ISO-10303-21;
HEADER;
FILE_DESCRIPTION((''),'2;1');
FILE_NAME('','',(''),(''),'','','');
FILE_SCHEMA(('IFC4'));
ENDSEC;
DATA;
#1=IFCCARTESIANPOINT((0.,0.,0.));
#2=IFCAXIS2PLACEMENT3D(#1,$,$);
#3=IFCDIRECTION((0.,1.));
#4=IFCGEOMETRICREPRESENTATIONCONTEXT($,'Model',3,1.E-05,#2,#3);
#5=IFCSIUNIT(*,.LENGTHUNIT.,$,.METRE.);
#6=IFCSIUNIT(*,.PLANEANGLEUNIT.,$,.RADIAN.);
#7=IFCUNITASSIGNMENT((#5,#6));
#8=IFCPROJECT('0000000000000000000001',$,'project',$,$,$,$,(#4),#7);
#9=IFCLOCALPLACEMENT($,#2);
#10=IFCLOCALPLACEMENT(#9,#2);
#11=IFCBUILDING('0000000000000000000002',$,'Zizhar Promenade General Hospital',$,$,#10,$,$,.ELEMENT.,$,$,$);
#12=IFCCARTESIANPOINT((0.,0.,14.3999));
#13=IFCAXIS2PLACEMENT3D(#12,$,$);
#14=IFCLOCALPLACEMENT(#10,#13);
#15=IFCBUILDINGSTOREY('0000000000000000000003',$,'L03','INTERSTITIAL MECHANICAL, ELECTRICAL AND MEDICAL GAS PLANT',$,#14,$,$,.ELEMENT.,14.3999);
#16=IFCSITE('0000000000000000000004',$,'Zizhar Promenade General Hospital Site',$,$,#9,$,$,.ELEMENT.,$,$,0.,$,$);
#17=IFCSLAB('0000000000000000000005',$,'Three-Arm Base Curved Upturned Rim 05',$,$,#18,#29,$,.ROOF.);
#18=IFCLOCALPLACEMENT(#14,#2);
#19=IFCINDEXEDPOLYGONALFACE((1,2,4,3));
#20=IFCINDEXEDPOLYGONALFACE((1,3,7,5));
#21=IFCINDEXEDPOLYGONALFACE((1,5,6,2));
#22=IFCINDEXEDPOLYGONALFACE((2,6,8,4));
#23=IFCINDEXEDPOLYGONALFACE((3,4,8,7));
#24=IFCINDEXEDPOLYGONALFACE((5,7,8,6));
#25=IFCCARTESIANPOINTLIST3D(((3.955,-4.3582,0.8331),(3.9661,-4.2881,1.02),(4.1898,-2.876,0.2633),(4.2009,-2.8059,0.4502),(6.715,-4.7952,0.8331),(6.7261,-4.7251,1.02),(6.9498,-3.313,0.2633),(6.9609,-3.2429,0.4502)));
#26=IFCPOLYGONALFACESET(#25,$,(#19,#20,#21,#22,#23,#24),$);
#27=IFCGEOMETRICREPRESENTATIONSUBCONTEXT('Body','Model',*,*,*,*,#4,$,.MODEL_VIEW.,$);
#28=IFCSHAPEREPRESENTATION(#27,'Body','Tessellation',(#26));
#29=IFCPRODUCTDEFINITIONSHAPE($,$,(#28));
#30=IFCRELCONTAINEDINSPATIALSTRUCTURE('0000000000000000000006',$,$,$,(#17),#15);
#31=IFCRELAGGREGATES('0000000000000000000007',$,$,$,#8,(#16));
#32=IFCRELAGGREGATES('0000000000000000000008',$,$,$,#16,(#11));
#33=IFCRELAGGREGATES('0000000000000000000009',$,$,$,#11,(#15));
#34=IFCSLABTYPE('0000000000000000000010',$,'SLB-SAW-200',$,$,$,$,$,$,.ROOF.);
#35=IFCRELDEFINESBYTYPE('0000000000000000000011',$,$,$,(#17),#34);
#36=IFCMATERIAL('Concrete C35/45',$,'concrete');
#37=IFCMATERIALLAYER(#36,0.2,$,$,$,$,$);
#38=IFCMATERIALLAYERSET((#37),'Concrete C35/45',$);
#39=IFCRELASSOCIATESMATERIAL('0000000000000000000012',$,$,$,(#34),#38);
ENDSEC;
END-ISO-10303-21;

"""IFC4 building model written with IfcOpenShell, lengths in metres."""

from ifc_helpers import new_model, si_unit, direction, frame, origin, place, context, subcontext, project, spatial, polyline, outline, extrude, material, layer, layer_set, type_object, element, save


model = new_model("IFC4")

# Units and contexts
model_context = context("Model", 3, precision=1e-05, world=origin(), true_north=direction((0.0, 1.0)))
body_context = subcontext(model_context, "Body", "Model", "MODEL_VIEW")
ifc_project = project(units=[si_unit("LENGTHUNIT", "METRE"), si_unit("PLANEANGLEUNIT", "RADIAN")], contexts=[model_context])

# Site, building, storey
site_placement = place(None, origin())
site = spatial("IfcSite", under=ifc_project, at=site_placement, Name="Zizhar Promenade General Hospital Site", CompositionType="ELEMENT", RefElevation=0.0)
building_placement = place(site_placement, origin())
building = spatial("IfcBuilding", under=site, at=building_placement, Name="Zizhar Promenade General Hospital", CompositionType="ELEMENT")
storey_placement = place(building_placement, frame((0.0, 0.0, 14.3999)))
storey = spatial("IfcBuildingStorey", under=building, at=storey_placement, Name="L03", Description="INTERSTITIAL MECHANICAL, ELECTRICAL AND MEDICAL GAS PLANT", CompositionType="ELEMENT", Elevation=14.3999)

# Slab
ifc_material_1 = material(Name="Concrete C35/45", Category="concrete")
ifc_layer_1 = layer(ifc_material_1, 0.2)
ifc_layer_set_1 = layer_set([ifc_layer_1], Name="Concrete C35/45")
slab_type = type_object("IfcSlabType", Name="SLB-SAW-200", PredefinedType="ROOF", material=ifc_layer_set_1)
slab_1_placement = place(storey_placement, frame((3.9661, -4.2881, 1.02), z_axis=(0.055515, 0.350616, 0.934873), x_axis=(0.987696, -0.156389, 0.0)))
element("IfcSlab", 1, at=slab_1_placement, inside=storey, type_object=slab_type, Name="Three-Arm Base Curved Upturned Rim 05", PredefinedType="ROOF", context=body_context, shape_type="SweptSolid", body=[
    extrude(outline(polyline([(0.0, 0.0), (2.7944, 0.0), (2.7946, 1.6052), (0.0002, 1.6052), (0.0, 0.0)])), origin(), (0.0, 0.0, -1.0), 0.2),
])

save(model, "model.ifc")
